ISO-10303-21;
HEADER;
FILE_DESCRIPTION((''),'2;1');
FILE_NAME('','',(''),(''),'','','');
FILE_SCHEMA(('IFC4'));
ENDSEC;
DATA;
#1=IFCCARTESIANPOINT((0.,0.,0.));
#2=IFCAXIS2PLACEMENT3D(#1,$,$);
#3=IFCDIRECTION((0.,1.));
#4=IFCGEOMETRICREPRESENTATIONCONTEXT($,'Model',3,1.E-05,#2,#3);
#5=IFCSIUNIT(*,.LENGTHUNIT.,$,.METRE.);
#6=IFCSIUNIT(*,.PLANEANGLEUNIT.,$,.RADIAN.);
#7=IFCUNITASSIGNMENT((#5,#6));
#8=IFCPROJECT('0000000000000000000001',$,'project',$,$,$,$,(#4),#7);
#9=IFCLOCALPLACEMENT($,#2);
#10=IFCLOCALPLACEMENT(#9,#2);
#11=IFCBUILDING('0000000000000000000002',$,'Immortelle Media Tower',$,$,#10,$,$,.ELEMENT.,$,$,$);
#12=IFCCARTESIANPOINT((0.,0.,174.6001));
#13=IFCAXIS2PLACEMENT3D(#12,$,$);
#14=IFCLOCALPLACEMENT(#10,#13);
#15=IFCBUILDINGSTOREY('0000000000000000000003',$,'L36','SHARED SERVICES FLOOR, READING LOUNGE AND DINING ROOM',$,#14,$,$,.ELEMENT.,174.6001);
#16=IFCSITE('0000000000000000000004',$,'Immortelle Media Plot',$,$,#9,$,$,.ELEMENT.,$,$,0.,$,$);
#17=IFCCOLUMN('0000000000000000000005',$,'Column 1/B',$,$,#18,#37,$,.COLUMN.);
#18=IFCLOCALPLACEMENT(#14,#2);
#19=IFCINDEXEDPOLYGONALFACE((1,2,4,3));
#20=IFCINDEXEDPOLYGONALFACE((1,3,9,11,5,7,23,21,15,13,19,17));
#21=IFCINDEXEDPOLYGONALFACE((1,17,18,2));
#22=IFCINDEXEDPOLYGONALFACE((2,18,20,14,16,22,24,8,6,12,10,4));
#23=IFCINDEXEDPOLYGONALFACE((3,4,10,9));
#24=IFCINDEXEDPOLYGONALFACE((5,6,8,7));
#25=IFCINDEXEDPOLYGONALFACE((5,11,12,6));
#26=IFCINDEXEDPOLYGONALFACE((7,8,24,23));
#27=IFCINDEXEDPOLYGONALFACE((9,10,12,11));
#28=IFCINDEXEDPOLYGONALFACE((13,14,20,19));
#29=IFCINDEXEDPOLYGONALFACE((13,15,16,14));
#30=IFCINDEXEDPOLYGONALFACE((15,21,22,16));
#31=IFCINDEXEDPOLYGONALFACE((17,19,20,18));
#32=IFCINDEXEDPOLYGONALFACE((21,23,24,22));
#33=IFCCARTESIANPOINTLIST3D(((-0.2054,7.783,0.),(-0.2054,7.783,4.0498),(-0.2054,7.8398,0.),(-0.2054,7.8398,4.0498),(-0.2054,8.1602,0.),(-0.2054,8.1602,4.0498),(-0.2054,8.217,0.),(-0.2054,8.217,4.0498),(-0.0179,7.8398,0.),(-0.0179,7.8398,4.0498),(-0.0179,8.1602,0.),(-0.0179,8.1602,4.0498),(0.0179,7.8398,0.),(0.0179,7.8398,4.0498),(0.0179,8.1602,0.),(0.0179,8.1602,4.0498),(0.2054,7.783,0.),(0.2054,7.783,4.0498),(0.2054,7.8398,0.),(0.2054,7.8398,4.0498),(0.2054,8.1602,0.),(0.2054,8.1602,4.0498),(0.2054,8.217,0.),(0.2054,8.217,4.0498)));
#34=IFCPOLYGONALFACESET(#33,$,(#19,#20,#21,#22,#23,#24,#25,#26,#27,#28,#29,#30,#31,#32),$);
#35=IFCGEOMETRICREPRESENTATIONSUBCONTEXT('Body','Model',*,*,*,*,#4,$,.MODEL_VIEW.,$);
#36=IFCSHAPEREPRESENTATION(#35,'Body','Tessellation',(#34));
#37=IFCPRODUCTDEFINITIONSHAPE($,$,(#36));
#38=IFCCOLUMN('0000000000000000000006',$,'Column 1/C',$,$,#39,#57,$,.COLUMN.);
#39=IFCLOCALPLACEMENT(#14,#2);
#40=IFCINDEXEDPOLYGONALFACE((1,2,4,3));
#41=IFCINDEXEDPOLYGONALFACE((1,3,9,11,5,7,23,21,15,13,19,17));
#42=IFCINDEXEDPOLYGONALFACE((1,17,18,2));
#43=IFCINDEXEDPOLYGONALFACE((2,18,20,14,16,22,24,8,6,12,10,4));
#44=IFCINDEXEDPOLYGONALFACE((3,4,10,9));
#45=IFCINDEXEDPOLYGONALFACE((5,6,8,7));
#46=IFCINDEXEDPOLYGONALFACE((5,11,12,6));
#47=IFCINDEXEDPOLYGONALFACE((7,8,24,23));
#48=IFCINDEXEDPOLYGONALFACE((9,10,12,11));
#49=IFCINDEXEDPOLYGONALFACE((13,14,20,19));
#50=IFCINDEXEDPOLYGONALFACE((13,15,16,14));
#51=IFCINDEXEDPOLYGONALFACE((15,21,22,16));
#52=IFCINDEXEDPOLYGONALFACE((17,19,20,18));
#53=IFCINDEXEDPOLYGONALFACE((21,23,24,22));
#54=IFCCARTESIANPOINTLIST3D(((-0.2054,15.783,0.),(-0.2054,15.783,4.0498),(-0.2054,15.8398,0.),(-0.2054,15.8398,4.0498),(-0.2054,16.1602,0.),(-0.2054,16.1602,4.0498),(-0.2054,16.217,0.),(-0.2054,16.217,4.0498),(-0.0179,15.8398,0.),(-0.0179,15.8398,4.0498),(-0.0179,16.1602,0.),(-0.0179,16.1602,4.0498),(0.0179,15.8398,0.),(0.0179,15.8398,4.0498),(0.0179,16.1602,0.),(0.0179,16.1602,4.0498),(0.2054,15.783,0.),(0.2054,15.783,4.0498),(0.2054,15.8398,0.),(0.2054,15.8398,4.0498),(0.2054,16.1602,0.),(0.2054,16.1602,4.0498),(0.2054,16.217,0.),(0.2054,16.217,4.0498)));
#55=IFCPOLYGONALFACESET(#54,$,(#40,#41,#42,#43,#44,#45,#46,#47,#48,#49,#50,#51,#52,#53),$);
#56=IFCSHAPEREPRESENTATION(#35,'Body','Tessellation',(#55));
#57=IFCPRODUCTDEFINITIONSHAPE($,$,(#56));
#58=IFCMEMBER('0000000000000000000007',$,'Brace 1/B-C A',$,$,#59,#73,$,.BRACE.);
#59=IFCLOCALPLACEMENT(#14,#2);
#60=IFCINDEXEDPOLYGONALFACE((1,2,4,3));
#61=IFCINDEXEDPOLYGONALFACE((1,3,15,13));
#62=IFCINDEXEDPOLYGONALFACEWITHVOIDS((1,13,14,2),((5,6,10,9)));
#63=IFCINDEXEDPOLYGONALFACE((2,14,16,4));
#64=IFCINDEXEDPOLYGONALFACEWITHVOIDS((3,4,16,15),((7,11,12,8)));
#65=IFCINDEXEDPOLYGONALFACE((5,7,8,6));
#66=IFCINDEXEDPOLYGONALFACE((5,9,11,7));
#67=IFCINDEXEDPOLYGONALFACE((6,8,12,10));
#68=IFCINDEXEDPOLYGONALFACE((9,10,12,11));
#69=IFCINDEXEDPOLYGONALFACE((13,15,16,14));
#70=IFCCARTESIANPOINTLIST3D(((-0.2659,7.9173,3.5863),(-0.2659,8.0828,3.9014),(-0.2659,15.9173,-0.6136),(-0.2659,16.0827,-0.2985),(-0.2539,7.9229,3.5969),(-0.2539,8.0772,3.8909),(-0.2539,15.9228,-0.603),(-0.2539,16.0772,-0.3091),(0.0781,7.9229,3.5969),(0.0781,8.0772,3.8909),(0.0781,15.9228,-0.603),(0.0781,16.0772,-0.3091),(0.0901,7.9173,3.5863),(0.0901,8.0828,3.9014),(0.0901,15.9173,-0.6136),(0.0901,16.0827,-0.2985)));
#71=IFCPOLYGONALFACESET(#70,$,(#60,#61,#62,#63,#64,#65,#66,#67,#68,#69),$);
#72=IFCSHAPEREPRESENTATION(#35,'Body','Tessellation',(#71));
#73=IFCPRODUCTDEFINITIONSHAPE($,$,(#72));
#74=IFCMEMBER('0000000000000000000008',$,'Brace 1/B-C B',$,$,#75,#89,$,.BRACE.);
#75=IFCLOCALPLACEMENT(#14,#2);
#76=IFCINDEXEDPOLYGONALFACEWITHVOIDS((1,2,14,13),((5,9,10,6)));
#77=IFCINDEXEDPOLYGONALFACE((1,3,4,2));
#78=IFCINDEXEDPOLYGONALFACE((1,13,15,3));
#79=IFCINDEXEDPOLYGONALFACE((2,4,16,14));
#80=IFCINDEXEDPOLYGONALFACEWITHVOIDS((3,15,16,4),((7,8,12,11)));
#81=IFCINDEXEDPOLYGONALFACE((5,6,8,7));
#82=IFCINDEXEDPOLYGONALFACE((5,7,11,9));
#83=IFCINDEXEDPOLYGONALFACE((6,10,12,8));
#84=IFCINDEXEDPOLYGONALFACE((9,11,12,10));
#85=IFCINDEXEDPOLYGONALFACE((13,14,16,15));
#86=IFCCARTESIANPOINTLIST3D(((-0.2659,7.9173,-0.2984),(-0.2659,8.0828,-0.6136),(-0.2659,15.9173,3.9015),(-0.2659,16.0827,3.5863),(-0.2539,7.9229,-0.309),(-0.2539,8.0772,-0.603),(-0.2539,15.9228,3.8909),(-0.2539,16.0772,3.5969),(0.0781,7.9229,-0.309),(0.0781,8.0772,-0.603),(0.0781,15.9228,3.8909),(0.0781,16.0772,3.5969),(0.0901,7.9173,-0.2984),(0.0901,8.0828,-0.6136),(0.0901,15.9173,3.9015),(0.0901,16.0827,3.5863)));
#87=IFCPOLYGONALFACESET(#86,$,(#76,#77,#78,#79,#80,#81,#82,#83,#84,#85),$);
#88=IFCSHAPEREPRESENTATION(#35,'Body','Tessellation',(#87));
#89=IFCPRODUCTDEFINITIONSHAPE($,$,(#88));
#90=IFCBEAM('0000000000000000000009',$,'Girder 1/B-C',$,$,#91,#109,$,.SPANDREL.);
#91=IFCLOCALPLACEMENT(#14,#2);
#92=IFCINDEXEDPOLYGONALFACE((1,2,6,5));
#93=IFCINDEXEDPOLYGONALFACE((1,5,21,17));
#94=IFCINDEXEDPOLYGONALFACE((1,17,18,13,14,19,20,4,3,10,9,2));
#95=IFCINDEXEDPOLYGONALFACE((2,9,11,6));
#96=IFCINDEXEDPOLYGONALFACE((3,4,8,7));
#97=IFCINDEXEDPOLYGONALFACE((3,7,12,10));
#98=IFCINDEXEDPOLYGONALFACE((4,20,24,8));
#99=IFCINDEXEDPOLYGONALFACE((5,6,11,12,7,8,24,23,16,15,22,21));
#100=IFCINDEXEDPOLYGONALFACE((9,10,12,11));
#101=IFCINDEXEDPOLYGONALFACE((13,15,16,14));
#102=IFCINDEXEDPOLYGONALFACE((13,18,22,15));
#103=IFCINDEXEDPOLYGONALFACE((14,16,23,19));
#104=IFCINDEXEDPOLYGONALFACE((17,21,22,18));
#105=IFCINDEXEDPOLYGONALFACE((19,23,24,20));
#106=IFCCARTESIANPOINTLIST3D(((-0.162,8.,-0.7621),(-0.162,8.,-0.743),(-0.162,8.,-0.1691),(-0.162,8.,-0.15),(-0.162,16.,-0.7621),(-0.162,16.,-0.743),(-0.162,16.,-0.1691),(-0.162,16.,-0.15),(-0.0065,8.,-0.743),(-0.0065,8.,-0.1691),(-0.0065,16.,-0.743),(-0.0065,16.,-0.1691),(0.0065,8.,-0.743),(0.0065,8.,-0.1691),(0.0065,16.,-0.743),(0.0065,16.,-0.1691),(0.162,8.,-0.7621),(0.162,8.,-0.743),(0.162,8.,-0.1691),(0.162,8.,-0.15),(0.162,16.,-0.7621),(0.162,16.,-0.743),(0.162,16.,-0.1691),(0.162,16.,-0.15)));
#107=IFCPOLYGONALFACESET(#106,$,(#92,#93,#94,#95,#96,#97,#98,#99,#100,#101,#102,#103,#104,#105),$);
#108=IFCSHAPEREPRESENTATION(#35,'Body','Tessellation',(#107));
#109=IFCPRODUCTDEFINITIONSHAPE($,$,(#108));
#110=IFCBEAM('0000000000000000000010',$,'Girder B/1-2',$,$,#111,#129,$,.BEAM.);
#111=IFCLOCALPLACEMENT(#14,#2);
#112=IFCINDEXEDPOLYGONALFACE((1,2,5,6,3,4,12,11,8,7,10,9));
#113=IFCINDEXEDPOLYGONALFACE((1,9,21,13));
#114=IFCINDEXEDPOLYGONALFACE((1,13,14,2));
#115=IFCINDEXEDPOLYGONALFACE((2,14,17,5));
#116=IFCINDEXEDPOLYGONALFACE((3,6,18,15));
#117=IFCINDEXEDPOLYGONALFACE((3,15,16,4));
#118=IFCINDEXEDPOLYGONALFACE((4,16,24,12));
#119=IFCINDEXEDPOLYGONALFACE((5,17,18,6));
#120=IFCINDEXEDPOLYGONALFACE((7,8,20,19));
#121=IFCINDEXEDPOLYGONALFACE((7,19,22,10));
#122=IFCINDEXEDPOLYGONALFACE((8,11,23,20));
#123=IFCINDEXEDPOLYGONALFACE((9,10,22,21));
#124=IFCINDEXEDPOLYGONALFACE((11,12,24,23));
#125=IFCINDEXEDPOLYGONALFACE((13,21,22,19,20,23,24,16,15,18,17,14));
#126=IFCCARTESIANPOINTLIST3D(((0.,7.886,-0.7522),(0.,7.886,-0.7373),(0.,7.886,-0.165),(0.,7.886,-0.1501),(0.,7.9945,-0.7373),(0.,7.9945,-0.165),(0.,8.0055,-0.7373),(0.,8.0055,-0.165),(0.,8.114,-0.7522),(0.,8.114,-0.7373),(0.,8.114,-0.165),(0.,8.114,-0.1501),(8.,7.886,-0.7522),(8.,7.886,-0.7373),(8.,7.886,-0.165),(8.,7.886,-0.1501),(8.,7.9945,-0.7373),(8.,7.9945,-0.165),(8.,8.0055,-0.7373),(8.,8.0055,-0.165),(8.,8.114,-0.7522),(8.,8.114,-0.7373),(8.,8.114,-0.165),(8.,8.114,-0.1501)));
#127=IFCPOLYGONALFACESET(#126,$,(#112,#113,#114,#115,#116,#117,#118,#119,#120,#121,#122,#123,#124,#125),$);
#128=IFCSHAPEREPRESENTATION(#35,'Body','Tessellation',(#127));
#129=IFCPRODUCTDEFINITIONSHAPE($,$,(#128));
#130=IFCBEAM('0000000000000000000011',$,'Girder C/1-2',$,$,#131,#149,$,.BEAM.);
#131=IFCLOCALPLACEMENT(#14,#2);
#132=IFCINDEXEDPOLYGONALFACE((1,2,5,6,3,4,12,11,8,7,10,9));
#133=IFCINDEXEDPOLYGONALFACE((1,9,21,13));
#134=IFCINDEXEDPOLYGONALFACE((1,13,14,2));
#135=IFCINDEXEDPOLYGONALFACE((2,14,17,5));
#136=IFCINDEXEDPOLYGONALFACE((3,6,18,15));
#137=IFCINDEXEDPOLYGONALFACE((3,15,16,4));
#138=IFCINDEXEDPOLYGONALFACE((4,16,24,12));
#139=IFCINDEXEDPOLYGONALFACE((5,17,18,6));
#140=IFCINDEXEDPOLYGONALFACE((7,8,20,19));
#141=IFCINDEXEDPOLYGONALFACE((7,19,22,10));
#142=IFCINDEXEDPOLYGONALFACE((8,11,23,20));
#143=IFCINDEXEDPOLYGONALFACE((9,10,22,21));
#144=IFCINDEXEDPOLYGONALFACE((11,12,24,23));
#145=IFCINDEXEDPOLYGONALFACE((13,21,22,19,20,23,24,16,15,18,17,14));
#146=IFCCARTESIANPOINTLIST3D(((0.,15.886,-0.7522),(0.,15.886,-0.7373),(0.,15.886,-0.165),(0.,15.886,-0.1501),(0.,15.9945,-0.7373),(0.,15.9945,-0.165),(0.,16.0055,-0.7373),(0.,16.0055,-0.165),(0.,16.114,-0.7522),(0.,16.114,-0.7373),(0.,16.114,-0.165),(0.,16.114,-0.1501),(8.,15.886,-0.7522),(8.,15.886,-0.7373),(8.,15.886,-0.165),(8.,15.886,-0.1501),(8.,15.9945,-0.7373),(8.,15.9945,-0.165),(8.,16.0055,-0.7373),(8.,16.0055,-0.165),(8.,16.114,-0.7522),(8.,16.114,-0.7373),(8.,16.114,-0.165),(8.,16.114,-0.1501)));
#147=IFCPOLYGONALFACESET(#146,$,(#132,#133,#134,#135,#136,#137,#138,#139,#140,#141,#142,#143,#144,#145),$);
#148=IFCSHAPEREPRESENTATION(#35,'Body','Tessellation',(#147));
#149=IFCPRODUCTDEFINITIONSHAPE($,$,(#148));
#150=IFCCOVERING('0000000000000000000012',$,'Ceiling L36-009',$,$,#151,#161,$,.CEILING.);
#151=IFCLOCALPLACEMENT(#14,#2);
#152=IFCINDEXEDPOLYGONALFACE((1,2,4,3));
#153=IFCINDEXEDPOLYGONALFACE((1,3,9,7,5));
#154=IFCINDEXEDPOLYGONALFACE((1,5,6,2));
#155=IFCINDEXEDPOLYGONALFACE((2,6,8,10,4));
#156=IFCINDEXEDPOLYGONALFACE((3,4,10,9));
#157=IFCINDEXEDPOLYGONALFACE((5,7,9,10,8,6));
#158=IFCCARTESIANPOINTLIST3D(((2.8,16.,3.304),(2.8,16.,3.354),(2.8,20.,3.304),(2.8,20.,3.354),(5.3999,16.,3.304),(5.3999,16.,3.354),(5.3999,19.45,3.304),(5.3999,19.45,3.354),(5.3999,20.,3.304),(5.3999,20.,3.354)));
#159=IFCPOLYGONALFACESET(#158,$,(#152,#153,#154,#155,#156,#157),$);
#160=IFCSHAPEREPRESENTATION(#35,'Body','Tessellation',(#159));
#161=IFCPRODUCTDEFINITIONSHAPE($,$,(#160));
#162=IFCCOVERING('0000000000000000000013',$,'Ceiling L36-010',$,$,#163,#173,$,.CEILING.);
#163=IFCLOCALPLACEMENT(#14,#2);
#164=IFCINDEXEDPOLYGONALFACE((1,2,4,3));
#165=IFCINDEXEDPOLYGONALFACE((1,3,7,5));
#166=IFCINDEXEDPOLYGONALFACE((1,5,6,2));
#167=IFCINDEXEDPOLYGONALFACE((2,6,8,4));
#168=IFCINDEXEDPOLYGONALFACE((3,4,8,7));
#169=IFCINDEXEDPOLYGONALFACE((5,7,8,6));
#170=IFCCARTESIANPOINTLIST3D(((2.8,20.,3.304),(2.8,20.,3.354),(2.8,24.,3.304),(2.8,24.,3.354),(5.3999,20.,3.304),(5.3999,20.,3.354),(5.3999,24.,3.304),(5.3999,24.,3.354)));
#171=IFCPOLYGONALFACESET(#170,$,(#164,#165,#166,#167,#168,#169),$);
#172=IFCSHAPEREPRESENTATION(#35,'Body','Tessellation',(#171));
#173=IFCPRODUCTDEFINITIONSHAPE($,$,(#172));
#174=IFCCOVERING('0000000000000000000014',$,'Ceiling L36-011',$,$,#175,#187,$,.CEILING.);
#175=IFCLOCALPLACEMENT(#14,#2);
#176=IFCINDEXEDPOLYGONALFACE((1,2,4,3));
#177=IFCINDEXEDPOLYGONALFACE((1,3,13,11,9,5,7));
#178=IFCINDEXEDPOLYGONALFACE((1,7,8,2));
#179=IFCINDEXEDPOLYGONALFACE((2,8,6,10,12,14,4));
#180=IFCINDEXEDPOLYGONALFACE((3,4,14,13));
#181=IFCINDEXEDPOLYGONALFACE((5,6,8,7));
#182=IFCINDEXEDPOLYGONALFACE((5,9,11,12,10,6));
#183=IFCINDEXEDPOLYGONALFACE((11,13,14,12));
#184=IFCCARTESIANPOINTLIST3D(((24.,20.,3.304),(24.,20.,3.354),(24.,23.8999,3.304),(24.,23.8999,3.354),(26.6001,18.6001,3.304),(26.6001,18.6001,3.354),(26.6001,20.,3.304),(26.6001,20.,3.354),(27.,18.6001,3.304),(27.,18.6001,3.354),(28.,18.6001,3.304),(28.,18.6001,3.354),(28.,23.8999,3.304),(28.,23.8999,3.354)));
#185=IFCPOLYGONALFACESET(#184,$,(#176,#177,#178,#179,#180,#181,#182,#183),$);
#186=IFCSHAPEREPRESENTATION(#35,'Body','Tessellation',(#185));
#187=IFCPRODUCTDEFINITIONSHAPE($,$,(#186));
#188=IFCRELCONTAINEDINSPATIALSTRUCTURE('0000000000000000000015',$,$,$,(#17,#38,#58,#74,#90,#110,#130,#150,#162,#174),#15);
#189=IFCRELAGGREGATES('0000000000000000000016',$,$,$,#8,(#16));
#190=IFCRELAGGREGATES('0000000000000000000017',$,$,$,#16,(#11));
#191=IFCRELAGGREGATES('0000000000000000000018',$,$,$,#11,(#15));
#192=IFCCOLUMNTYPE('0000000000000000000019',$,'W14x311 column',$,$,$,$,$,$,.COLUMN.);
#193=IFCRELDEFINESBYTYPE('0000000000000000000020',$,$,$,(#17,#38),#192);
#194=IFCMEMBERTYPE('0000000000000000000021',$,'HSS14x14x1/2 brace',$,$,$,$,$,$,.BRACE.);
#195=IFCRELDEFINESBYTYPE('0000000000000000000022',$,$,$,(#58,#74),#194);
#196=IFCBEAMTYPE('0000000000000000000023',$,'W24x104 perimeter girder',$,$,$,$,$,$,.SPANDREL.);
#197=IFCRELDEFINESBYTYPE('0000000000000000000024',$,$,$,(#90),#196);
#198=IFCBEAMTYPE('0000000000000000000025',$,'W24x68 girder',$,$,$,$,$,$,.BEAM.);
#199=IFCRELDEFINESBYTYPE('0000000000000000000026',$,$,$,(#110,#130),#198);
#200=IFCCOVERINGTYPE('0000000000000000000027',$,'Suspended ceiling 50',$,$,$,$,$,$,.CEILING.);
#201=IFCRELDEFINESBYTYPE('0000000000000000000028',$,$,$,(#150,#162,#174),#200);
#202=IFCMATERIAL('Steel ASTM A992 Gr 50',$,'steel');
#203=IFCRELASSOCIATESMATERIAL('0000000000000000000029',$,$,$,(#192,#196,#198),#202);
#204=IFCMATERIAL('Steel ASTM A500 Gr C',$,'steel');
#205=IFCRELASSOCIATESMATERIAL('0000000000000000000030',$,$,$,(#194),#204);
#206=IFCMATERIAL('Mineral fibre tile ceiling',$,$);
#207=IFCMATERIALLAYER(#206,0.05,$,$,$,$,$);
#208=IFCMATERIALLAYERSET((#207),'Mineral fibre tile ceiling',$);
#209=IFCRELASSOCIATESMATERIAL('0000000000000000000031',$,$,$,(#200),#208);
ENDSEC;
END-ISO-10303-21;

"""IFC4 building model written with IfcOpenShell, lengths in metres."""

from ifc_helpers import new_model, si_unit, direction, frame, origin, origin_2d, place, context, subcontext, project, spatial, polyline, hollow_rectangle, i_section, outline, extrude, material, layer, layer_set, material_profile, profile_set, type_object, element, save


model = new_model("IFC4")

# Units and contexts
model_context = context("Model", 3, precision=1e-05, world=origin(), true_north=direction((0.0, 1.0)))
body_context = subcontext(model_context, "Body", "Model", "MODEL_VIEW")
ifc_project = project(units=[si_unit("LENGTHUNIT", "METRE"), si_unit("PLANEANGLEUNIT", "RADIAN")], contexts=[model_context])

# Site, building, storey
site_placement = place(None, origin())
site = spatial("IfcSite", under=ifc_project, at=site_placement, Name="Immortelle Media Plot", CompositionType="ELEMENT", RefElevation=0.0)
building_placement = place(site_placement, origin())
building = spatial("IfcBuilding", under=site, at=building_placement, Name="Immortelle Media Tower", CompositionType="ELEMENT")
storey_placement = place(building_placement, frame((0.0, 0.0, 174.6001)))
storey = spatial("IfcBuildingStorey", under=building, at=storey_placement, Name="L36", Description="SHARED SERVICES FLOOR, READING LOUNGE AND DINING ROOM", CompositionType="ELEMENT", Elevation=174.6001)

# Columns
ifc_material_1 = material(Name="Steel ASTM A992 Gr 50", Category="steel")
ifc_material_profile_1 = material_profile(ifc_material_1, i_section(OverallWidth=0.4109, OverallDepth=0.4341, WebThickness=0.0359, FlangeThickness=0.0569, at=origin_2d()), Name="W14x311")
ifc_profile_set_1 = profile_set([ifc_material_profile_1], Name="Steel ASTM A992 Gr 50")
column_type = type_object("IfcColumnType", Name="W14x311 column", PredefinedType="COLUMN", material=ifc_profile_set_1)
for number, where, z_axis, x_axis, name in (
    (1, (0.0, 8.0, 0.0), (0.0, 0.0, 1.0), (1.0, 0.0, 0.0), "Column 1/B"),
    (2, (0.0, 16.0, 0.0), (0.0, 0.0, 1.0), (1.0, 0.0, 0.0), "Column 1/C"),
):
    element("IfcColumn", number, at=place(storey_placement, frame(where, z_axis=z_axis, x_axis=x_axis)), inside=storey, type_object=column_type, Name=name, PredefinedType="COLUMN", context=body_context, shape_type="SweptSolid", body=[
        extrude(i_section(OverallWidth=0.4109, OverallDepth=0.4341, WebThickness=0.0359, FlangeThickness=0.0569, at=origin_2d()), origin(), (0.0, 0.0, 1.0), 4.0498),
    ])

# Members
ifc_material_2 = material(Name="Steel ASTM A500 Gr C", Category="steel")
ifc_material_profile_2 = material_profile(ifc_material_2, hollow_rectangle(XDim=0.356, YDim=0.356, WallThickness=0.012, at=origin_2d()), Name="HSS14x14x1/2 brace")
ifc_profile_set_2 = profile_set([ifc_material_profile_2], Name="Steel ASTM A500 Gr C")
member_type = type_object("IfcMemberType", Name="HSS14x14x1/2 brace", PredefinedType="BRACE", material=ifc_profile_set_2)
for number, where, z_axis, x_axis, name in (
    (3, (-0.0879, 16.0, -0.4561), (0.0, -0.8854, 0.46483), (1.0, 0.0, 0.0), "Brace 1/B-C A"),
    (4, (-0.0879, 16.0, 3.7439), (0.0, -0.8854, -0.46483), (1.0, 0.0, 0.0), "Brace 1/B-C B"),
):
    element("IfcMember", number, at=place(storey_placement, frame(where, z_axis=z_axis, x_axis=x_axis)), inside=storey, type_object=member_type, Name=name, PredefinedType="BRACE", context=body_context, shape_type="SweptSolid", body=[
        extrude(hollow_rectangle(XDim=0.356, YDim=0.356, WallThickness=0.012, at=origin_2d()), origin(), (0.0, 0.0, 1.0), 9.0354),
    ])

# Beams
ifc_material_profile_3 = material_profile(ifc_material_1, i_section(OverallWidth=0.324, OverallDepth=0.6121, WebThickness=0.0129, FlangeThickness=0.019, at=origin_2d()), Name="W24x104")
ifc_profile_set_3 = profile_set([ifc_material_profile_3], Name="Steel ASTM A992 Gr 50")
beam_type_1 = type_object("IfcBeamType", Name="W24x104 perimeter girder", PredefinedType="SPANDREL", material=ifc_profile_set_3)
beam_placement = place(storey_placement, frame((0.0, 8.0, -0.4561), z_axis=(0.0, 1.0, 0.0), x_axis=(-1.0, 0.0, 0.0)))
element("IfcBeam", 5, at=beam_placement, inside=storey, type_object=beam_type_1, Name="Girder 1/B-C", PredefinedType="SPANDREL", context=body_context, shape_type="SweptSolid", body=[
    extrude(i_section(OverallWidth=0.324, OverallDepth=0.6121, WebThickness=0.0129, FlangeThickness=0.019, at=origin_2d()), origin(), (0.0, 0.0, 1.0), 8.0),
])
ifc_material_profile_4 = material_profile(ifc_material_1, i_section(OverallWidth=0.228, OverallDepth=0.6021, WebThickness=0.011, FlangeThickness=0.0149, at=origin_2d()), Name="W24x68")
ifc_profile_set_4 = profile_set([ifc_material_profile_4], Name="Steel ASTM A992 Gr 50")
beam_type_2 = type_object("IfcBeamType", Name="W24x68 girder", PredefinedType="BEAM", material=ifc_profile_set_4)
for number, where, z_axis, x_axis, name in (
    (6, (0.0, 8.0, -0.4512), (1.0, 0.0, 0.0), (0.0, 1.0, 0.0), "Girder B/1-2"),
    (7, (0.0, 16.0, -0.4512), (1.0, 0.0, 0.0), (0.0, 1.0, 0.0), "Girder C/1-2"),
):
    element("IfcBeam", number, at=place(storey_placement, frame(where, z_axis=z_axis, x_axis=x_axis)), inside=storey, type_object=beam_type_2, Name=name, PredefinedType="BEAM", context=body_context, shape_type="SweptSolid", body=[
        extrude(i_section(OverallWidth=0.228, OverallDepth=0.6021, WebThickness=0.011, FlangeThickness=0.0149, at=origin_2d()), origin(), (0.0, 0.0, 1.0), 8.0),
    ])

# Coverings
ifc_material_3 = material(Name="Mineral fibre tile ceiling")
ifc_layer = layer(ifc_material_3, 0.05)
ifc_layer_set = layer_set([ifc_layer], Name="Mineral fibre tile ceiling")
covering_type = type_object("IfcCoveringType", Name="Suspended ceiling 50", PredefinedType="CEILING", material=ifc_layer_set)
covering_1_placement = place(storey_placement, frame((0.0, 0.0, 3.304)))
element("IfcCovering", 8, at=covering_1_placement, inside=storey, type_object=covering_type, Name="Ceiling L36-009", PredefinedType="CEILING", context=body_context, shape_type="SweptSolid", body=[
    extrude(outline(polyline([(5.3999, 16.0), (2.8, 16.0), (2.8, 20.0), (5.3999, 20.0), (5.3999, 19.45), (5.3999, 16.0)])), origin(), (0.0, 0.0, 1.0), 0.05),
])
covering_2_placement = place(storey_placement, frame((0.0, 0.0, 3.304)))
element("IfcCovering", 9, at=covering_2_placement, inside=storey, type_object=covering_type, Name="Ceiling L36-010", PredefinedType="CEILING", context=body_context, shape_type="SweptSolid", body=[
    extrude(outline(polyline([(2.8, 24.0), (5.3999, 24.0), (5.3999, 20.0), (2.8, 20.0), (2.8, 24.0)])), origin(), (0.0, 0.0, 1.0), 0.05),
])
covering_3_placement = place(storey_placement, frame((0.0, 0.0, 3.304)))
element("IfcCovering", 10, at=covering_3_placement, inside=storey, type_object=covering_type, Name="Ceiling L36-011", PredefinedType="CEILING", context=body_context, shape_type="SweptSolid", body=[
    extrude(outline(polyline([(26.6001, 18.6001), (26.6001, 20.0), (24.0, 20.0), (24.0, 23.8999), (28.0, 23.8999), (28.0, 18.6001), (27.0, 18.6001), (26.6001, 18.6001)])), origin(), (0.0, 0.0, 1.0), 0.05),
])

save(model, "model.ifc")
